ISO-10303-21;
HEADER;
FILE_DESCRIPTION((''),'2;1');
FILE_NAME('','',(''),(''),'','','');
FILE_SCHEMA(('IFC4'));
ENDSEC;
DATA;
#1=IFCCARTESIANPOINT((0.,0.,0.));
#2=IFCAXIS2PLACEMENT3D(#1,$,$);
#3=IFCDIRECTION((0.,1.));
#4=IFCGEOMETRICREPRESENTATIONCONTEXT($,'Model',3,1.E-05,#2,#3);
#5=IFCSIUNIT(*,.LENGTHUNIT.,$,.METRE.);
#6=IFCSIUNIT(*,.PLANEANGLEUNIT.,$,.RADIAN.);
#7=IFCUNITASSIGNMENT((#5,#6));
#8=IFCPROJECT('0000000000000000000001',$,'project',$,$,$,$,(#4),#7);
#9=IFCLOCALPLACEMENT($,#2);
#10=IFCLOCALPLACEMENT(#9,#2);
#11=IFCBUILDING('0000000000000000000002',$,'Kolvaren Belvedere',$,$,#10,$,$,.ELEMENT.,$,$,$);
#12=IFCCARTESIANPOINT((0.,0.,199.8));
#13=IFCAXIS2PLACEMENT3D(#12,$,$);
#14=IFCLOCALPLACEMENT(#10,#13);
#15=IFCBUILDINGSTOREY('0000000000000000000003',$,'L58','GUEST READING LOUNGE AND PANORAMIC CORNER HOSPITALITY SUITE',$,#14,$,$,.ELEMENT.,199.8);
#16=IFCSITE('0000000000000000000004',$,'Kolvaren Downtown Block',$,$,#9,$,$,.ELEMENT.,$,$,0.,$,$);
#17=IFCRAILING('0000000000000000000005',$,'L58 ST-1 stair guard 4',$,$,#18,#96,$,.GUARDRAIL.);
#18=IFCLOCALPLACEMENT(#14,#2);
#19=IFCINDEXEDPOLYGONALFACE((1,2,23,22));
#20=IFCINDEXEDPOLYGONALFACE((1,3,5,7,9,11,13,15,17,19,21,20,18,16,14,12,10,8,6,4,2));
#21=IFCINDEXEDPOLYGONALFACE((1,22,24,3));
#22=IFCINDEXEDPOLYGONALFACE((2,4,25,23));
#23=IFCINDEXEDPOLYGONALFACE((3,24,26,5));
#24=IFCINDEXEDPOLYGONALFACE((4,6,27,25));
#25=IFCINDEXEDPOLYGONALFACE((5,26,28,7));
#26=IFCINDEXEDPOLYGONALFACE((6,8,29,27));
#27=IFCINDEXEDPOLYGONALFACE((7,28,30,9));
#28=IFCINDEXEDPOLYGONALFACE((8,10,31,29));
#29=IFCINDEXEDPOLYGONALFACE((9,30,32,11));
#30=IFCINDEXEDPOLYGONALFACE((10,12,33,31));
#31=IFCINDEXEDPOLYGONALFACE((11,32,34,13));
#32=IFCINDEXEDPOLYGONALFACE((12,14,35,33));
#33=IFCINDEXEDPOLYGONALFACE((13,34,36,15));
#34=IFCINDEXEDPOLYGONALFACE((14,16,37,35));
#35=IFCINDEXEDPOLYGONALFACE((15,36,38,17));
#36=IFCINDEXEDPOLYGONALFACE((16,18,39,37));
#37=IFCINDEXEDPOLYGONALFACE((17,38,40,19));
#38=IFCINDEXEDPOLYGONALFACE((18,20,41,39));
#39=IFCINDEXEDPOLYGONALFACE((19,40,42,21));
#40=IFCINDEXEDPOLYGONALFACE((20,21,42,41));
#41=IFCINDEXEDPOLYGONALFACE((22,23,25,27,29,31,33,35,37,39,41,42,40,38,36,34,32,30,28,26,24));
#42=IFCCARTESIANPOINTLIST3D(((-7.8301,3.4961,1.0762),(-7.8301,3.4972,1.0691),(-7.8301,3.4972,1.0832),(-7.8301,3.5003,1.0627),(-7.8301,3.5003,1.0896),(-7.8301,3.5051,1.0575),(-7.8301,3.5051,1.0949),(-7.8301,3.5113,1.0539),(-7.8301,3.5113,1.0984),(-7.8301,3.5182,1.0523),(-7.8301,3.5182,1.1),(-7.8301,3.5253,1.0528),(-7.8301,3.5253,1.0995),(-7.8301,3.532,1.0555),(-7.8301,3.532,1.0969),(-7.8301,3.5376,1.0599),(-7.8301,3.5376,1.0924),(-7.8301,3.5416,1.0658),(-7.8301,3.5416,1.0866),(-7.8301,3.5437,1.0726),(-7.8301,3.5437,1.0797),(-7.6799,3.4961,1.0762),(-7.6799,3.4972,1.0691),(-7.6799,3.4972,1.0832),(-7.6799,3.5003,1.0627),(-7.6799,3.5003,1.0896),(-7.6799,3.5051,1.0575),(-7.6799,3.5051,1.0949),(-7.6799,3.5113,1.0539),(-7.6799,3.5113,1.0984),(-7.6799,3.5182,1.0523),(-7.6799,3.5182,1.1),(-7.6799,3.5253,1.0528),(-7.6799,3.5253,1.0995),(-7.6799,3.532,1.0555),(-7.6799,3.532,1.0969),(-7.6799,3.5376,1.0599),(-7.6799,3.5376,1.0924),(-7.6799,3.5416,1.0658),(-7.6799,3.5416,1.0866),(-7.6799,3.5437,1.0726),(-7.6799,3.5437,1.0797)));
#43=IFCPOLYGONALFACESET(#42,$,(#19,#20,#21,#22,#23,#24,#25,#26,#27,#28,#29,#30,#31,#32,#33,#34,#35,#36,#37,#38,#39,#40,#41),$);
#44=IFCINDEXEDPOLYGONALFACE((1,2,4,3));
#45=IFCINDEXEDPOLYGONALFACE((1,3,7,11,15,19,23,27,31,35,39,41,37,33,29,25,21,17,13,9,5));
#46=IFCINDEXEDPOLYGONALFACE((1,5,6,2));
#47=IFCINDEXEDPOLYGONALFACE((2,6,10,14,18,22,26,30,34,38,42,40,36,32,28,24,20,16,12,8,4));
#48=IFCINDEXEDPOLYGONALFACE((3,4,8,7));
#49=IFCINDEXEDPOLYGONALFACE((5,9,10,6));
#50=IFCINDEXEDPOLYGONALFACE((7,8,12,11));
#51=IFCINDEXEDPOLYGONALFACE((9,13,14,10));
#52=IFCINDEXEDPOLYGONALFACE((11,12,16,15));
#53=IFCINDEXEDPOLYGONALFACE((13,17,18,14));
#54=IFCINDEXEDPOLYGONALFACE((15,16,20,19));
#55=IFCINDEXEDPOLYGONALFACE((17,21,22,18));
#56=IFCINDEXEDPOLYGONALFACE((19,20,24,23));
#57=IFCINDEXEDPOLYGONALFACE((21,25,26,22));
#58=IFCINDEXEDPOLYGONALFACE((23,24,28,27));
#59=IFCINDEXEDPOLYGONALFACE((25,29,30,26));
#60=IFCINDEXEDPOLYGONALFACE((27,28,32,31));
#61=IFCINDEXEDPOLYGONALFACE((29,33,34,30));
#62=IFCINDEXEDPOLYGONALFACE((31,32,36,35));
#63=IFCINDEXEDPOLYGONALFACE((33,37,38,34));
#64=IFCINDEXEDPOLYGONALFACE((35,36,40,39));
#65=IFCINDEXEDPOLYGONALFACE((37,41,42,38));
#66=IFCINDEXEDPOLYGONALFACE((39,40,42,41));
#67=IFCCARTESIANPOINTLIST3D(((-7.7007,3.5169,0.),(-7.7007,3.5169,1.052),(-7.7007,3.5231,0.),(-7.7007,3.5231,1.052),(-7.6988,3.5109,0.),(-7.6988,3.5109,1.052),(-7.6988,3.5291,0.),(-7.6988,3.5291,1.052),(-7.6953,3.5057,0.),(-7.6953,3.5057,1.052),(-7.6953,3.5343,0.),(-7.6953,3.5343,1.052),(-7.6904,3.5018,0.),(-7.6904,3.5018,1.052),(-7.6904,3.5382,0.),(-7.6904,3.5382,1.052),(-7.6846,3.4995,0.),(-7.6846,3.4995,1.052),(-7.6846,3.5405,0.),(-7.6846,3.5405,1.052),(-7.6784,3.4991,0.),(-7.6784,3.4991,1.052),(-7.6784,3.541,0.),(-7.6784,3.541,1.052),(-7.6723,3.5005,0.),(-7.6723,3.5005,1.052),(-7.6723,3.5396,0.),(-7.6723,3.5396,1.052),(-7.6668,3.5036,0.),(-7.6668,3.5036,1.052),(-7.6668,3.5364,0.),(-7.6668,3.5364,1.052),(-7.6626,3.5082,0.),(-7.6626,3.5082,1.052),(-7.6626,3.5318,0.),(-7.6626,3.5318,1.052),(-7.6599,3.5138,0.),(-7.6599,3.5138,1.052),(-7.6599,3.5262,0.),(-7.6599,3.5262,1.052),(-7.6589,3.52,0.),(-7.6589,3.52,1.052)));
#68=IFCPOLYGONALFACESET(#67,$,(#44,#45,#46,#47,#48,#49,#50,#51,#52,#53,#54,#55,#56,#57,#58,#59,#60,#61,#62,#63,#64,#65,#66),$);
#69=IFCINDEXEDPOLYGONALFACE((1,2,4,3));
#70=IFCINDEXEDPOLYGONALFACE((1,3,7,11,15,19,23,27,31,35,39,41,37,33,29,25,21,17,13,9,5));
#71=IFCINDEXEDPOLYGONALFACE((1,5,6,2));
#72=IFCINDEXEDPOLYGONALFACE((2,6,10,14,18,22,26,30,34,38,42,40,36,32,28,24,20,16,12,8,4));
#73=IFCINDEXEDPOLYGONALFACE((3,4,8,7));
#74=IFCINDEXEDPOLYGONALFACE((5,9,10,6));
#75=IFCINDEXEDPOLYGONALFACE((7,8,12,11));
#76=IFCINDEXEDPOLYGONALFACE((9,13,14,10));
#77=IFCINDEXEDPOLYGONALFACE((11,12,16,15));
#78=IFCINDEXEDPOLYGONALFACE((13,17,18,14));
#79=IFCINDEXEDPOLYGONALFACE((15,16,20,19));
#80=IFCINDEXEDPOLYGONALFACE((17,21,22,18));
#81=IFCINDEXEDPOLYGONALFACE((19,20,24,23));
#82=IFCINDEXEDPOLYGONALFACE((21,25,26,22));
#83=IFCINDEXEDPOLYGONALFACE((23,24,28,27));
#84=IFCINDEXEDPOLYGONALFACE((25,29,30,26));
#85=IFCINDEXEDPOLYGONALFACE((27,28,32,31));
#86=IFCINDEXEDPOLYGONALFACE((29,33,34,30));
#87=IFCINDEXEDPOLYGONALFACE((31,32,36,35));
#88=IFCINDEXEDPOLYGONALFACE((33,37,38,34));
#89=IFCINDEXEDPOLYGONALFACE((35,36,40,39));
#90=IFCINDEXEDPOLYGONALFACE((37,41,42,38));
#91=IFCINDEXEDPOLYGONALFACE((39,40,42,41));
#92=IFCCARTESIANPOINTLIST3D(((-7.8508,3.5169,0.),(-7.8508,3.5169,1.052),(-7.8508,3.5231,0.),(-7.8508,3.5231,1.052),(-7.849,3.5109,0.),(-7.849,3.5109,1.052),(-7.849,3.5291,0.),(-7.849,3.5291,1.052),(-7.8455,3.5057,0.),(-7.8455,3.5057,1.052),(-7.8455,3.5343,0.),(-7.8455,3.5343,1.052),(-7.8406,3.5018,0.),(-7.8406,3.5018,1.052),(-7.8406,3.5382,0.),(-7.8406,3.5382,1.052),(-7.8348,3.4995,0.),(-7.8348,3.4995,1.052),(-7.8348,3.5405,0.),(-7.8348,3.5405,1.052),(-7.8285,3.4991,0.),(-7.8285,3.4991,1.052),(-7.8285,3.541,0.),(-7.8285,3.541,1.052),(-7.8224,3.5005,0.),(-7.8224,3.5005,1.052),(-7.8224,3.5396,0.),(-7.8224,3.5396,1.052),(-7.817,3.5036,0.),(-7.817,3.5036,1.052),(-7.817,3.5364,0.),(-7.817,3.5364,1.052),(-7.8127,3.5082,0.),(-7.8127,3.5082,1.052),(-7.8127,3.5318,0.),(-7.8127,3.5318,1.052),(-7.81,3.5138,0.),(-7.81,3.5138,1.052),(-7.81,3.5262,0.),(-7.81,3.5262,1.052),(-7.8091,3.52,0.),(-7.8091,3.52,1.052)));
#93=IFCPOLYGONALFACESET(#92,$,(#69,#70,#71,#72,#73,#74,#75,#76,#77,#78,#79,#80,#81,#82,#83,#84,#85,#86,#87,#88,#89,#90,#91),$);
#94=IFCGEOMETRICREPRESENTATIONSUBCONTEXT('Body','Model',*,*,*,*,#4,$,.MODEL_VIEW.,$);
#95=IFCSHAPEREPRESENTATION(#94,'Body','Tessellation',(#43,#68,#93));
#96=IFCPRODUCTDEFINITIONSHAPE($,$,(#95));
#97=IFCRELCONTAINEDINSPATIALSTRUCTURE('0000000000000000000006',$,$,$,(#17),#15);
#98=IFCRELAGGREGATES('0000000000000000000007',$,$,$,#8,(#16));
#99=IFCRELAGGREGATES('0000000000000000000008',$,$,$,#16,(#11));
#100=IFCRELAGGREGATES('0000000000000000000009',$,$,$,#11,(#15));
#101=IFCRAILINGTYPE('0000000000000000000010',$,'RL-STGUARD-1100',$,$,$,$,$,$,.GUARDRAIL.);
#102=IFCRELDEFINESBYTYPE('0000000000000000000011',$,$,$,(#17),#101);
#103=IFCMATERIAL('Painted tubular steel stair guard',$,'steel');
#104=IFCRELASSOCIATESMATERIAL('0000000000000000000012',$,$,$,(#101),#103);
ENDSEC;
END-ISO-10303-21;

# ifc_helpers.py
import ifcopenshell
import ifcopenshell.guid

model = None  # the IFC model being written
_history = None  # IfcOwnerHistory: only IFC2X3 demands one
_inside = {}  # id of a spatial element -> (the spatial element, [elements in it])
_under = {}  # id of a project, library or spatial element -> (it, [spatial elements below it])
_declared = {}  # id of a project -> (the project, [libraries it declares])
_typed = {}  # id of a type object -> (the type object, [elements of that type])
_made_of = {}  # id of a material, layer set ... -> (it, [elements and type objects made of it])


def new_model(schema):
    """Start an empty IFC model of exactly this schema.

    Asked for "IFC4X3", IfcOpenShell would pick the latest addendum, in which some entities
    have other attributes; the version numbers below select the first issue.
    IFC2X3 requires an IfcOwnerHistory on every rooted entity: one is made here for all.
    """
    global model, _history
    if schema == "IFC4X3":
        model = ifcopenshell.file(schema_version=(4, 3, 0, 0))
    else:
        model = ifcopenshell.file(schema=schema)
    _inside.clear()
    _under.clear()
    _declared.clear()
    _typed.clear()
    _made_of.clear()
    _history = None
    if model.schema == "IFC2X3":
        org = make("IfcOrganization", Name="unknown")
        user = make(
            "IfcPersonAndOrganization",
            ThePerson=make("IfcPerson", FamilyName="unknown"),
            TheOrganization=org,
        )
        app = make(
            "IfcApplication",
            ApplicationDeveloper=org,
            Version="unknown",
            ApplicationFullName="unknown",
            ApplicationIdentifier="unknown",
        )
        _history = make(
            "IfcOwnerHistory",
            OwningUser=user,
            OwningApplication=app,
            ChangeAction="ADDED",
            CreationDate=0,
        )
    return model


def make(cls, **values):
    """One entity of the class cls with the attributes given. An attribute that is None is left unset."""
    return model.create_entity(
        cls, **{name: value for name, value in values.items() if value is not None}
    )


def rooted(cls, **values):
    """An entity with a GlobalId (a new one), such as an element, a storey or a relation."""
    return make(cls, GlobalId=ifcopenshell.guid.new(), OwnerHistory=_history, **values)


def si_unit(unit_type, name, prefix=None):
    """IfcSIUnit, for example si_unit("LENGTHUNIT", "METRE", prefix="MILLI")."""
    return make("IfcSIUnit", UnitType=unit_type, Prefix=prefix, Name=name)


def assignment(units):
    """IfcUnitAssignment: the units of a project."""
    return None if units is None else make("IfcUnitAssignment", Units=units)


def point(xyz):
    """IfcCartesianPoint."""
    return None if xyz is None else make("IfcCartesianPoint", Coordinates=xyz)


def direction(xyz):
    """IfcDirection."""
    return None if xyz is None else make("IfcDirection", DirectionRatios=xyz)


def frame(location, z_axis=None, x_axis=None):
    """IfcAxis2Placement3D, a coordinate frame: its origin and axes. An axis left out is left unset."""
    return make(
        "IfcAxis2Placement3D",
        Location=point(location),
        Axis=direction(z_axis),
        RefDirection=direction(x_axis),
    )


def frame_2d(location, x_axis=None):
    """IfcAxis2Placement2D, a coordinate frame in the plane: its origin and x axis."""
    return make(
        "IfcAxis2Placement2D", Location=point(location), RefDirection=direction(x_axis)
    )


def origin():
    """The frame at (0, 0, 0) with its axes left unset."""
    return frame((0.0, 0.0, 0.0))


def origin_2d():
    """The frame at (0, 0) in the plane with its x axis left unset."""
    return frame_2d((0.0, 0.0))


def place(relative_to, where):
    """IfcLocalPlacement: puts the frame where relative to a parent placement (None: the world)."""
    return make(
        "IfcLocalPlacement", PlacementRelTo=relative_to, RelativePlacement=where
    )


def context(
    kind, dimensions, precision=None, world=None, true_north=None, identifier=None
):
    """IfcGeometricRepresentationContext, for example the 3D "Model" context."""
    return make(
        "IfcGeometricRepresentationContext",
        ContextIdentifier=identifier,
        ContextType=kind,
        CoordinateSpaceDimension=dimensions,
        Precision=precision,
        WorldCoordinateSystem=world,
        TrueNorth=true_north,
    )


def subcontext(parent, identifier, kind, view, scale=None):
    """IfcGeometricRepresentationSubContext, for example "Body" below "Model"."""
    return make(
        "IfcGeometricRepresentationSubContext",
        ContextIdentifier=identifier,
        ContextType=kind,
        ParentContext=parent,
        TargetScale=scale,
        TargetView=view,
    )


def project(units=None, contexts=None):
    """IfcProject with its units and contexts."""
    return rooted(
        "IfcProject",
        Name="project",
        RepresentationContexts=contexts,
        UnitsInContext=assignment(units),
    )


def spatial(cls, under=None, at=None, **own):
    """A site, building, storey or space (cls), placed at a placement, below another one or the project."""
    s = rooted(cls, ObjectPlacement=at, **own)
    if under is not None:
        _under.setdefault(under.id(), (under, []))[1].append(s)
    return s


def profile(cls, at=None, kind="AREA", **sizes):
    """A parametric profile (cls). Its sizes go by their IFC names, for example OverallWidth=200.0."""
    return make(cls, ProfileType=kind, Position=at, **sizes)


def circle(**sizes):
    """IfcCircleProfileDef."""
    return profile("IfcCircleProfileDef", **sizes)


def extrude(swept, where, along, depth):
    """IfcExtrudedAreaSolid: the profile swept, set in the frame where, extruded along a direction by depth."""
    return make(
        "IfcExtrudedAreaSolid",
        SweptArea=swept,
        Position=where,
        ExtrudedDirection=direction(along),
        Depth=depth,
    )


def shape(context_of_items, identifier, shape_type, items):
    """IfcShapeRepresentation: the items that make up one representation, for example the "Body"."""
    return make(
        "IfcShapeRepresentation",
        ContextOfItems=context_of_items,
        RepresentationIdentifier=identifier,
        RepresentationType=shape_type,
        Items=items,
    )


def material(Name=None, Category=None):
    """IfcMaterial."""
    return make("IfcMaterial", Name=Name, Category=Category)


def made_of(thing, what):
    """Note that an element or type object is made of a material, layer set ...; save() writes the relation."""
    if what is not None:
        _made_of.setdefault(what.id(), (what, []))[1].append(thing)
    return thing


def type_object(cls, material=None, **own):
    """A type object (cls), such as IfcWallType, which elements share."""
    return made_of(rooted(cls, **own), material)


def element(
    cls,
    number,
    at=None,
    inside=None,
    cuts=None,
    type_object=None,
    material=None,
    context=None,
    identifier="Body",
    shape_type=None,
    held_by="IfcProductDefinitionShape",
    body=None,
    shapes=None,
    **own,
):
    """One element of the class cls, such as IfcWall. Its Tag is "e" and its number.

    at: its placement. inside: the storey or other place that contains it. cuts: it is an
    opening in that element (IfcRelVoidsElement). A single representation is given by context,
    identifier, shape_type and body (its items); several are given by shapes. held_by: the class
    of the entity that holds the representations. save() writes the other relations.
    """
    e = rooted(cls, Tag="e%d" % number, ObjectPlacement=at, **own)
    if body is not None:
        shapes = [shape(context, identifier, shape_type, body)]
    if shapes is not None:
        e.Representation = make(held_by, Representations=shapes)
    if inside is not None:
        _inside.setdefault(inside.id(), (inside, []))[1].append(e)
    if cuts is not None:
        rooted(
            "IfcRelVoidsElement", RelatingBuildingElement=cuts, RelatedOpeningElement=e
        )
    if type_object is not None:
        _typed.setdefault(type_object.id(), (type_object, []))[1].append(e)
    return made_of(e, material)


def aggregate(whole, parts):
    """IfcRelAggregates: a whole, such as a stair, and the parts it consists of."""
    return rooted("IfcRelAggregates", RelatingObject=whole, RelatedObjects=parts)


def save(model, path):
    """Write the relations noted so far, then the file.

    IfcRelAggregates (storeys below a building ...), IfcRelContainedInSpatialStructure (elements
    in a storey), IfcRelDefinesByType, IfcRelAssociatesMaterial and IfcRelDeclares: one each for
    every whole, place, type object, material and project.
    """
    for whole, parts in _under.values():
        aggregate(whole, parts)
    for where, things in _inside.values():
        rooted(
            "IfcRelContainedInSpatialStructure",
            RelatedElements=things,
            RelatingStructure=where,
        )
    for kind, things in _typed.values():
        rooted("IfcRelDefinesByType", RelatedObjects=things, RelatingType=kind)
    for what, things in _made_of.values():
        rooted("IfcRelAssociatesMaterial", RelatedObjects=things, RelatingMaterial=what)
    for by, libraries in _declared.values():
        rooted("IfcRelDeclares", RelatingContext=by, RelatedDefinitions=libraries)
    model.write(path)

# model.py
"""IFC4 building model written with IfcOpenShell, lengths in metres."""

from ifc_helpers import new_model, si_unit, direction, frame, origin, origin_2d, place, context, subcontext, project, spatial, circle, extrude, material, type_object, element, save


model = new_model("IFC4")

# Units and contexts
model_context = context("Model", 3, precision=1e-05, world=origin(), true_north=direction((0.0, 1.0)))
body_context = subcontext(model_context, "Body", "Model", "MODEL_VIEW")
ifc_project = project(units=[si_unit("LENGTHUNIT", "METRE"), si_unit("PLANEANGLEUNIT", "RADIAN")], contexts=[model_context])

# Site, building, storey
site_placement = place(None, origin())
site = spatial("IfcSite", under=ifc_project, at=site_placement, Name="Kolvaren Downtown Block", CompositionType="ELEMENT", RefElevation=0.0)
building_placement = place(site_placement, origin())
building = spatial("IfcBuilding", under=site, at=building_placement, Name="Kolvaren Belvedere", CompositionType="ELEMENT")
storey_placement = place(building_placement, frame((0.0, 0.0, 199.8)))
storey = spatial("IfcBuildingStorey", under=building, at=storey_placement, Name="L58", Description="GUEST READING LOUNGE AND PANORAMIC CORNER HOSPITALITY SUITE", CompositionType="ELEMENT", Elevation=199.8)

# Railing
ifc_material_1 = material(Name="Painted tubular steel stair guard", Category="steel")
railing_type_1 = type_object("IfcRailingType", Name="RL-STGUARD-1100", PredefinedType="GUARDRAIL", material=ifc_material_1)
railing_1_placement = place(storey_placement, frame((-7.6799, 3.52, 0.0)))
element("IfcRailing", 1, at=railing_1_placement, inside=storey, type_object=railing_type_1, Name="L58 ST-1 stair guard 4", PredefinedType="GUARDRAIL", context=body_context, shape_type="SweptSolid", body=[
    extrude(circle(Radius=0.0239, at=origin_2d()), frame((0.0, 0.0, 1.0762), z_axis=(-1.0, 0.0, 0.0), x_axis=(0.0, -1.0, 0.0)), (0.0, 0.0, 1.0), 0.1501),
    extrude(circle(Radius=0.021, at=origin_2d()), origin(), (0.0, 0.0, 1.0), 1.052),
    extrude(circle(Radius=0.021, at=origin_2d()), frame((-0.1501, 0.0, 0.0)), (0.0, 0.0, 1.0), 1.052),
])

save(model, "model.ifc")
